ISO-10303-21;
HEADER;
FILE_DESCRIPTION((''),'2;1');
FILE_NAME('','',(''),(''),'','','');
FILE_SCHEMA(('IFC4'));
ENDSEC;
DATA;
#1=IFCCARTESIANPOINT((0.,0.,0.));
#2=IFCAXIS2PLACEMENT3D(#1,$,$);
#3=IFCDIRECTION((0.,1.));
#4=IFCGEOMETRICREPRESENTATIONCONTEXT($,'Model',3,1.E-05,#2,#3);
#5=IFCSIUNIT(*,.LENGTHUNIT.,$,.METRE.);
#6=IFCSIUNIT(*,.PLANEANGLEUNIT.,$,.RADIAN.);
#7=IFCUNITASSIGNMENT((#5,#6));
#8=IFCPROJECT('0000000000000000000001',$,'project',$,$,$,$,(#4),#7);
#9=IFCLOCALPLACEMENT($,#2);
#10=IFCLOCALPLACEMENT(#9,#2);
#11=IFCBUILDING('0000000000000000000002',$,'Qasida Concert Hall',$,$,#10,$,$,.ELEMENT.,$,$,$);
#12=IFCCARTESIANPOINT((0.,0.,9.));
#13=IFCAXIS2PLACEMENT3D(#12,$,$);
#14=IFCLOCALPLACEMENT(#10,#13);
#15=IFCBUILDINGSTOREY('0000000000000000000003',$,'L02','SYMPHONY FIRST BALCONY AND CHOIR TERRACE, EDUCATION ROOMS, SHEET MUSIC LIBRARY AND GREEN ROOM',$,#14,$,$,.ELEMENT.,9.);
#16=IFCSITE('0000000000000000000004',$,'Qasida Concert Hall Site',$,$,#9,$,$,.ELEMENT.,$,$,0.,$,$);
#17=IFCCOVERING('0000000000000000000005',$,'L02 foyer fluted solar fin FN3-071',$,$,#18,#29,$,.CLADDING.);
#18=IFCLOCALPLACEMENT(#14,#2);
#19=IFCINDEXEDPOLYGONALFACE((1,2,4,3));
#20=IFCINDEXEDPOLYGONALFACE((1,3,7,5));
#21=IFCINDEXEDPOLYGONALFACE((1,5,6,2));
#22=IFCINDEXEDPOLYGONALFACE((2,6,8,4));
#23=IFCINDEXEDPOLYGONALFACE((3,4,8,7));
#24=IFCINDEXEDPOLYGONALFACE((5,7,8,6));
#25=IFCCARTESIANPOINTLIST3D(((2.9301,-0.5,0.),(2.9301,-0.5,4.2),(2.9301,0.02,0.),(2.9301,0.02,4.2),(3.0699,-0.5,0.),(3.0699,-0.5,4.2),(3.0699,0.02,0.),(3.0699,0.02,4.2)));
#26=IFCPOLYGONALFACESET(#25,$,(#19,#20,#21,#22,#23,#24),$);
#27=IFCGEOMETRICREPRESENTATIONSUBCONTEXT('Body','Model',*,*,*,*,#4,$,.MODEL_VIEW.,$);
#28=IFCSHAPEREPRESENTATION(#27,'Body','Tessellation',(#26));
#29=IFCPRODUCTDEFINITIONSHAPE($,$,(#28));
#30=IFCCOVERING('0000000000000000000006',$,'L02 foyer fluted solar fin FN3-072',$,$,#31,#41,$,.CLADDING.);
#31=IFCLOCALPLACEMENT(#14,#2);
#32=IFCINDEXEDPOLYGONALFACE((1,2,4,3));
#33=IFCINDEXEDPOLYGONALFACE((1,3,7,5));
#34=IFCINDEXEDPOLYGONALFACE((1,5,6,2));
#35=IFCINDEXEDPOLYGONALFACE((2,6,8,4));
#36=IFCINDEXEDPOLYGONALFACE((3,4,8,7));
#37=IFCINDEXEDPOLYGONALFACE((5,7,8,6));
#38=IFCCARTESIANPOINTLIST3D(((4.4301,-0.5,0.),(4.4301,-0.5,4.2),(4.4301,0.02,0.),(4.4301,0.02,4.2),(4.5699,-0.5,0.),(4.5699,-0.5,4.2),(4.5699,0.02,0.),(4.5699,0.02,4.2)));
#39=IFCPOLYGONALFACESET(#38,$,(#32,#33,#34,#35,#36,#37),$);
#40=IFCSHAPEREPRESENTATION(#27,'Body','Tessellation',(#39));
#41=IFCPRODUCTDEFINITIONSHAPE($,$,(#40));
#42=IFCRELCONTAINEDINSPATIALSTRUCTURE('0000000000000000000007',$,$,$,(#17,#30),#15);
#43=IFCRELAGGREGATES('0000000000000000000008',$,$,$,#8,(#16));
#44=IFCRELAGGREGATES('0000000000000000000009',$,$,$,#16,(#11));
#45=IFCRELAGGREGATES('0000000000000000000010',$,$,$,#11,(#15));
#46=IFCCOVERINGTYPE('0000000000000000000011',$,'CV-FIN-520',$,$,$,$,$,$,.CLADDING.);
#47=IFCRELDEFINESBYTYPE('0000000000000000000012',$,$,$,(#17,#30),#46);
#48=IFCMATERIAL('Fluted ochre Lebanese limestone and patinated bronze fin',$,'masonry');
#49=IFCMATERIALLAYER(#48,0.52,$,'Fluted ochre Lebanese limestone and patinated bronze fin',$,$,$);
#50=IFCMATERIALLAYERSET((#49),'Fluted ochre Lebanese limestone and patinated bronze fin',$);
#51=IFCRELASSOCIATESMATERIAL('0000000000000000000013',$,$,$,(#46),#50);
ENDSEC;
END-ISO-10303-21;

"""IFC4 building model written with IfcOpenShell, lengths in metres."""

from ifc_helpers import new_model, si_unit, direction, frame, origin, origin_2d, place, context, subcontext, project, spatial, rectangle, extrude, material, layer, layer_set, type_object, element, save


model = new_model("IFC4")

# Units and contexts
model_context = context("Model", 3, precision=1e-05, world=origin(), true_north=direction((0.0, 1.0)))
body_context = subcontext(model_context, "Body", "Model", "MODEL_VIEW")
ifc_project = project(units=[si_unit("LENGTHUNIT", "METRE"), si_unit("PLANEANGLEUNIT", "RADIAN")], contexts=[model_context])

# Site, building, storey
site_placement = place(None, origin())
site = spatial("IfcSite", under=ifc_project, at=site_placement, Name="Qasida Concert Hall Site", CompositionType="ELEMENT", RefElevation=0.0)
building_placement = place(site_placement, origin())
building = spatial("IfcBuilding", under=site, at=building_placement, Name="Qasida Concert Hall", CompositionType="ELEMENT")
storey_placement = place(building_placement, frame((0.0, 0.0, 9.0)))
storey = spatial("IfcBuildingStorey", under=building, at=storey_placement, Name="L02", Description="SYMPHONY FIRST BALCONY AND CHOIR TERRACE, EDUCATION ROOMS, SHEET MUSIC LIBRARY AND GREEN ROOM", CompositionType="ELEMENT", Elevation=9.0)

# Coverings
ifc_material_1 = material(Name="Fluted ochre Lebanese limestone and patinated bronze fin", Category="masonry")
ifc_layer_1 = layer(ifc_material_1, 0.52, Name="Fluted ochre Lebanese limestone and patinated bronze fin")
ifc_layer_set_1 = layer_set([ifc_layer_1], Name="Fluted ochre Lebanese limestone and patinated bronze fin")
covering_type = type_object("IfcCoveringType", Name="CV-FIN-520", PredefinedType="CLADDING", material=ifc_layer_set_1)
for number, where, z_axis, x_axis, name in (
    (1, (3.0, -0.24, 0.0), (0.0, 0.0, 1.0), (1.0, 0.0, 0.0), "L02 foyer fluted solar fin FN3-071"),
    (2, (4.5, -0.24, 0.0), (0.0, 0.0, 1.0), (1.0, 0.0, 0.0), "L02 foyer fluted solar fin FN3-072"),
):
    element("IfcCovering", number, at=place(storey_placement, frame(where, z_axis=z_axis, x_axis=x_axis)), inside=storey, type_object=covering_type, Name=name, PredefinedType="CLADDING", context=body_context, shape_type="SweptSolid", body=[
        extrude(rectangle(XDim=0.1399, YDim=0.52, at=origin_2d()), origin(), (0.0, 0.0, 1.0), 4.2),
    ])

save(model, "model.ifc")
